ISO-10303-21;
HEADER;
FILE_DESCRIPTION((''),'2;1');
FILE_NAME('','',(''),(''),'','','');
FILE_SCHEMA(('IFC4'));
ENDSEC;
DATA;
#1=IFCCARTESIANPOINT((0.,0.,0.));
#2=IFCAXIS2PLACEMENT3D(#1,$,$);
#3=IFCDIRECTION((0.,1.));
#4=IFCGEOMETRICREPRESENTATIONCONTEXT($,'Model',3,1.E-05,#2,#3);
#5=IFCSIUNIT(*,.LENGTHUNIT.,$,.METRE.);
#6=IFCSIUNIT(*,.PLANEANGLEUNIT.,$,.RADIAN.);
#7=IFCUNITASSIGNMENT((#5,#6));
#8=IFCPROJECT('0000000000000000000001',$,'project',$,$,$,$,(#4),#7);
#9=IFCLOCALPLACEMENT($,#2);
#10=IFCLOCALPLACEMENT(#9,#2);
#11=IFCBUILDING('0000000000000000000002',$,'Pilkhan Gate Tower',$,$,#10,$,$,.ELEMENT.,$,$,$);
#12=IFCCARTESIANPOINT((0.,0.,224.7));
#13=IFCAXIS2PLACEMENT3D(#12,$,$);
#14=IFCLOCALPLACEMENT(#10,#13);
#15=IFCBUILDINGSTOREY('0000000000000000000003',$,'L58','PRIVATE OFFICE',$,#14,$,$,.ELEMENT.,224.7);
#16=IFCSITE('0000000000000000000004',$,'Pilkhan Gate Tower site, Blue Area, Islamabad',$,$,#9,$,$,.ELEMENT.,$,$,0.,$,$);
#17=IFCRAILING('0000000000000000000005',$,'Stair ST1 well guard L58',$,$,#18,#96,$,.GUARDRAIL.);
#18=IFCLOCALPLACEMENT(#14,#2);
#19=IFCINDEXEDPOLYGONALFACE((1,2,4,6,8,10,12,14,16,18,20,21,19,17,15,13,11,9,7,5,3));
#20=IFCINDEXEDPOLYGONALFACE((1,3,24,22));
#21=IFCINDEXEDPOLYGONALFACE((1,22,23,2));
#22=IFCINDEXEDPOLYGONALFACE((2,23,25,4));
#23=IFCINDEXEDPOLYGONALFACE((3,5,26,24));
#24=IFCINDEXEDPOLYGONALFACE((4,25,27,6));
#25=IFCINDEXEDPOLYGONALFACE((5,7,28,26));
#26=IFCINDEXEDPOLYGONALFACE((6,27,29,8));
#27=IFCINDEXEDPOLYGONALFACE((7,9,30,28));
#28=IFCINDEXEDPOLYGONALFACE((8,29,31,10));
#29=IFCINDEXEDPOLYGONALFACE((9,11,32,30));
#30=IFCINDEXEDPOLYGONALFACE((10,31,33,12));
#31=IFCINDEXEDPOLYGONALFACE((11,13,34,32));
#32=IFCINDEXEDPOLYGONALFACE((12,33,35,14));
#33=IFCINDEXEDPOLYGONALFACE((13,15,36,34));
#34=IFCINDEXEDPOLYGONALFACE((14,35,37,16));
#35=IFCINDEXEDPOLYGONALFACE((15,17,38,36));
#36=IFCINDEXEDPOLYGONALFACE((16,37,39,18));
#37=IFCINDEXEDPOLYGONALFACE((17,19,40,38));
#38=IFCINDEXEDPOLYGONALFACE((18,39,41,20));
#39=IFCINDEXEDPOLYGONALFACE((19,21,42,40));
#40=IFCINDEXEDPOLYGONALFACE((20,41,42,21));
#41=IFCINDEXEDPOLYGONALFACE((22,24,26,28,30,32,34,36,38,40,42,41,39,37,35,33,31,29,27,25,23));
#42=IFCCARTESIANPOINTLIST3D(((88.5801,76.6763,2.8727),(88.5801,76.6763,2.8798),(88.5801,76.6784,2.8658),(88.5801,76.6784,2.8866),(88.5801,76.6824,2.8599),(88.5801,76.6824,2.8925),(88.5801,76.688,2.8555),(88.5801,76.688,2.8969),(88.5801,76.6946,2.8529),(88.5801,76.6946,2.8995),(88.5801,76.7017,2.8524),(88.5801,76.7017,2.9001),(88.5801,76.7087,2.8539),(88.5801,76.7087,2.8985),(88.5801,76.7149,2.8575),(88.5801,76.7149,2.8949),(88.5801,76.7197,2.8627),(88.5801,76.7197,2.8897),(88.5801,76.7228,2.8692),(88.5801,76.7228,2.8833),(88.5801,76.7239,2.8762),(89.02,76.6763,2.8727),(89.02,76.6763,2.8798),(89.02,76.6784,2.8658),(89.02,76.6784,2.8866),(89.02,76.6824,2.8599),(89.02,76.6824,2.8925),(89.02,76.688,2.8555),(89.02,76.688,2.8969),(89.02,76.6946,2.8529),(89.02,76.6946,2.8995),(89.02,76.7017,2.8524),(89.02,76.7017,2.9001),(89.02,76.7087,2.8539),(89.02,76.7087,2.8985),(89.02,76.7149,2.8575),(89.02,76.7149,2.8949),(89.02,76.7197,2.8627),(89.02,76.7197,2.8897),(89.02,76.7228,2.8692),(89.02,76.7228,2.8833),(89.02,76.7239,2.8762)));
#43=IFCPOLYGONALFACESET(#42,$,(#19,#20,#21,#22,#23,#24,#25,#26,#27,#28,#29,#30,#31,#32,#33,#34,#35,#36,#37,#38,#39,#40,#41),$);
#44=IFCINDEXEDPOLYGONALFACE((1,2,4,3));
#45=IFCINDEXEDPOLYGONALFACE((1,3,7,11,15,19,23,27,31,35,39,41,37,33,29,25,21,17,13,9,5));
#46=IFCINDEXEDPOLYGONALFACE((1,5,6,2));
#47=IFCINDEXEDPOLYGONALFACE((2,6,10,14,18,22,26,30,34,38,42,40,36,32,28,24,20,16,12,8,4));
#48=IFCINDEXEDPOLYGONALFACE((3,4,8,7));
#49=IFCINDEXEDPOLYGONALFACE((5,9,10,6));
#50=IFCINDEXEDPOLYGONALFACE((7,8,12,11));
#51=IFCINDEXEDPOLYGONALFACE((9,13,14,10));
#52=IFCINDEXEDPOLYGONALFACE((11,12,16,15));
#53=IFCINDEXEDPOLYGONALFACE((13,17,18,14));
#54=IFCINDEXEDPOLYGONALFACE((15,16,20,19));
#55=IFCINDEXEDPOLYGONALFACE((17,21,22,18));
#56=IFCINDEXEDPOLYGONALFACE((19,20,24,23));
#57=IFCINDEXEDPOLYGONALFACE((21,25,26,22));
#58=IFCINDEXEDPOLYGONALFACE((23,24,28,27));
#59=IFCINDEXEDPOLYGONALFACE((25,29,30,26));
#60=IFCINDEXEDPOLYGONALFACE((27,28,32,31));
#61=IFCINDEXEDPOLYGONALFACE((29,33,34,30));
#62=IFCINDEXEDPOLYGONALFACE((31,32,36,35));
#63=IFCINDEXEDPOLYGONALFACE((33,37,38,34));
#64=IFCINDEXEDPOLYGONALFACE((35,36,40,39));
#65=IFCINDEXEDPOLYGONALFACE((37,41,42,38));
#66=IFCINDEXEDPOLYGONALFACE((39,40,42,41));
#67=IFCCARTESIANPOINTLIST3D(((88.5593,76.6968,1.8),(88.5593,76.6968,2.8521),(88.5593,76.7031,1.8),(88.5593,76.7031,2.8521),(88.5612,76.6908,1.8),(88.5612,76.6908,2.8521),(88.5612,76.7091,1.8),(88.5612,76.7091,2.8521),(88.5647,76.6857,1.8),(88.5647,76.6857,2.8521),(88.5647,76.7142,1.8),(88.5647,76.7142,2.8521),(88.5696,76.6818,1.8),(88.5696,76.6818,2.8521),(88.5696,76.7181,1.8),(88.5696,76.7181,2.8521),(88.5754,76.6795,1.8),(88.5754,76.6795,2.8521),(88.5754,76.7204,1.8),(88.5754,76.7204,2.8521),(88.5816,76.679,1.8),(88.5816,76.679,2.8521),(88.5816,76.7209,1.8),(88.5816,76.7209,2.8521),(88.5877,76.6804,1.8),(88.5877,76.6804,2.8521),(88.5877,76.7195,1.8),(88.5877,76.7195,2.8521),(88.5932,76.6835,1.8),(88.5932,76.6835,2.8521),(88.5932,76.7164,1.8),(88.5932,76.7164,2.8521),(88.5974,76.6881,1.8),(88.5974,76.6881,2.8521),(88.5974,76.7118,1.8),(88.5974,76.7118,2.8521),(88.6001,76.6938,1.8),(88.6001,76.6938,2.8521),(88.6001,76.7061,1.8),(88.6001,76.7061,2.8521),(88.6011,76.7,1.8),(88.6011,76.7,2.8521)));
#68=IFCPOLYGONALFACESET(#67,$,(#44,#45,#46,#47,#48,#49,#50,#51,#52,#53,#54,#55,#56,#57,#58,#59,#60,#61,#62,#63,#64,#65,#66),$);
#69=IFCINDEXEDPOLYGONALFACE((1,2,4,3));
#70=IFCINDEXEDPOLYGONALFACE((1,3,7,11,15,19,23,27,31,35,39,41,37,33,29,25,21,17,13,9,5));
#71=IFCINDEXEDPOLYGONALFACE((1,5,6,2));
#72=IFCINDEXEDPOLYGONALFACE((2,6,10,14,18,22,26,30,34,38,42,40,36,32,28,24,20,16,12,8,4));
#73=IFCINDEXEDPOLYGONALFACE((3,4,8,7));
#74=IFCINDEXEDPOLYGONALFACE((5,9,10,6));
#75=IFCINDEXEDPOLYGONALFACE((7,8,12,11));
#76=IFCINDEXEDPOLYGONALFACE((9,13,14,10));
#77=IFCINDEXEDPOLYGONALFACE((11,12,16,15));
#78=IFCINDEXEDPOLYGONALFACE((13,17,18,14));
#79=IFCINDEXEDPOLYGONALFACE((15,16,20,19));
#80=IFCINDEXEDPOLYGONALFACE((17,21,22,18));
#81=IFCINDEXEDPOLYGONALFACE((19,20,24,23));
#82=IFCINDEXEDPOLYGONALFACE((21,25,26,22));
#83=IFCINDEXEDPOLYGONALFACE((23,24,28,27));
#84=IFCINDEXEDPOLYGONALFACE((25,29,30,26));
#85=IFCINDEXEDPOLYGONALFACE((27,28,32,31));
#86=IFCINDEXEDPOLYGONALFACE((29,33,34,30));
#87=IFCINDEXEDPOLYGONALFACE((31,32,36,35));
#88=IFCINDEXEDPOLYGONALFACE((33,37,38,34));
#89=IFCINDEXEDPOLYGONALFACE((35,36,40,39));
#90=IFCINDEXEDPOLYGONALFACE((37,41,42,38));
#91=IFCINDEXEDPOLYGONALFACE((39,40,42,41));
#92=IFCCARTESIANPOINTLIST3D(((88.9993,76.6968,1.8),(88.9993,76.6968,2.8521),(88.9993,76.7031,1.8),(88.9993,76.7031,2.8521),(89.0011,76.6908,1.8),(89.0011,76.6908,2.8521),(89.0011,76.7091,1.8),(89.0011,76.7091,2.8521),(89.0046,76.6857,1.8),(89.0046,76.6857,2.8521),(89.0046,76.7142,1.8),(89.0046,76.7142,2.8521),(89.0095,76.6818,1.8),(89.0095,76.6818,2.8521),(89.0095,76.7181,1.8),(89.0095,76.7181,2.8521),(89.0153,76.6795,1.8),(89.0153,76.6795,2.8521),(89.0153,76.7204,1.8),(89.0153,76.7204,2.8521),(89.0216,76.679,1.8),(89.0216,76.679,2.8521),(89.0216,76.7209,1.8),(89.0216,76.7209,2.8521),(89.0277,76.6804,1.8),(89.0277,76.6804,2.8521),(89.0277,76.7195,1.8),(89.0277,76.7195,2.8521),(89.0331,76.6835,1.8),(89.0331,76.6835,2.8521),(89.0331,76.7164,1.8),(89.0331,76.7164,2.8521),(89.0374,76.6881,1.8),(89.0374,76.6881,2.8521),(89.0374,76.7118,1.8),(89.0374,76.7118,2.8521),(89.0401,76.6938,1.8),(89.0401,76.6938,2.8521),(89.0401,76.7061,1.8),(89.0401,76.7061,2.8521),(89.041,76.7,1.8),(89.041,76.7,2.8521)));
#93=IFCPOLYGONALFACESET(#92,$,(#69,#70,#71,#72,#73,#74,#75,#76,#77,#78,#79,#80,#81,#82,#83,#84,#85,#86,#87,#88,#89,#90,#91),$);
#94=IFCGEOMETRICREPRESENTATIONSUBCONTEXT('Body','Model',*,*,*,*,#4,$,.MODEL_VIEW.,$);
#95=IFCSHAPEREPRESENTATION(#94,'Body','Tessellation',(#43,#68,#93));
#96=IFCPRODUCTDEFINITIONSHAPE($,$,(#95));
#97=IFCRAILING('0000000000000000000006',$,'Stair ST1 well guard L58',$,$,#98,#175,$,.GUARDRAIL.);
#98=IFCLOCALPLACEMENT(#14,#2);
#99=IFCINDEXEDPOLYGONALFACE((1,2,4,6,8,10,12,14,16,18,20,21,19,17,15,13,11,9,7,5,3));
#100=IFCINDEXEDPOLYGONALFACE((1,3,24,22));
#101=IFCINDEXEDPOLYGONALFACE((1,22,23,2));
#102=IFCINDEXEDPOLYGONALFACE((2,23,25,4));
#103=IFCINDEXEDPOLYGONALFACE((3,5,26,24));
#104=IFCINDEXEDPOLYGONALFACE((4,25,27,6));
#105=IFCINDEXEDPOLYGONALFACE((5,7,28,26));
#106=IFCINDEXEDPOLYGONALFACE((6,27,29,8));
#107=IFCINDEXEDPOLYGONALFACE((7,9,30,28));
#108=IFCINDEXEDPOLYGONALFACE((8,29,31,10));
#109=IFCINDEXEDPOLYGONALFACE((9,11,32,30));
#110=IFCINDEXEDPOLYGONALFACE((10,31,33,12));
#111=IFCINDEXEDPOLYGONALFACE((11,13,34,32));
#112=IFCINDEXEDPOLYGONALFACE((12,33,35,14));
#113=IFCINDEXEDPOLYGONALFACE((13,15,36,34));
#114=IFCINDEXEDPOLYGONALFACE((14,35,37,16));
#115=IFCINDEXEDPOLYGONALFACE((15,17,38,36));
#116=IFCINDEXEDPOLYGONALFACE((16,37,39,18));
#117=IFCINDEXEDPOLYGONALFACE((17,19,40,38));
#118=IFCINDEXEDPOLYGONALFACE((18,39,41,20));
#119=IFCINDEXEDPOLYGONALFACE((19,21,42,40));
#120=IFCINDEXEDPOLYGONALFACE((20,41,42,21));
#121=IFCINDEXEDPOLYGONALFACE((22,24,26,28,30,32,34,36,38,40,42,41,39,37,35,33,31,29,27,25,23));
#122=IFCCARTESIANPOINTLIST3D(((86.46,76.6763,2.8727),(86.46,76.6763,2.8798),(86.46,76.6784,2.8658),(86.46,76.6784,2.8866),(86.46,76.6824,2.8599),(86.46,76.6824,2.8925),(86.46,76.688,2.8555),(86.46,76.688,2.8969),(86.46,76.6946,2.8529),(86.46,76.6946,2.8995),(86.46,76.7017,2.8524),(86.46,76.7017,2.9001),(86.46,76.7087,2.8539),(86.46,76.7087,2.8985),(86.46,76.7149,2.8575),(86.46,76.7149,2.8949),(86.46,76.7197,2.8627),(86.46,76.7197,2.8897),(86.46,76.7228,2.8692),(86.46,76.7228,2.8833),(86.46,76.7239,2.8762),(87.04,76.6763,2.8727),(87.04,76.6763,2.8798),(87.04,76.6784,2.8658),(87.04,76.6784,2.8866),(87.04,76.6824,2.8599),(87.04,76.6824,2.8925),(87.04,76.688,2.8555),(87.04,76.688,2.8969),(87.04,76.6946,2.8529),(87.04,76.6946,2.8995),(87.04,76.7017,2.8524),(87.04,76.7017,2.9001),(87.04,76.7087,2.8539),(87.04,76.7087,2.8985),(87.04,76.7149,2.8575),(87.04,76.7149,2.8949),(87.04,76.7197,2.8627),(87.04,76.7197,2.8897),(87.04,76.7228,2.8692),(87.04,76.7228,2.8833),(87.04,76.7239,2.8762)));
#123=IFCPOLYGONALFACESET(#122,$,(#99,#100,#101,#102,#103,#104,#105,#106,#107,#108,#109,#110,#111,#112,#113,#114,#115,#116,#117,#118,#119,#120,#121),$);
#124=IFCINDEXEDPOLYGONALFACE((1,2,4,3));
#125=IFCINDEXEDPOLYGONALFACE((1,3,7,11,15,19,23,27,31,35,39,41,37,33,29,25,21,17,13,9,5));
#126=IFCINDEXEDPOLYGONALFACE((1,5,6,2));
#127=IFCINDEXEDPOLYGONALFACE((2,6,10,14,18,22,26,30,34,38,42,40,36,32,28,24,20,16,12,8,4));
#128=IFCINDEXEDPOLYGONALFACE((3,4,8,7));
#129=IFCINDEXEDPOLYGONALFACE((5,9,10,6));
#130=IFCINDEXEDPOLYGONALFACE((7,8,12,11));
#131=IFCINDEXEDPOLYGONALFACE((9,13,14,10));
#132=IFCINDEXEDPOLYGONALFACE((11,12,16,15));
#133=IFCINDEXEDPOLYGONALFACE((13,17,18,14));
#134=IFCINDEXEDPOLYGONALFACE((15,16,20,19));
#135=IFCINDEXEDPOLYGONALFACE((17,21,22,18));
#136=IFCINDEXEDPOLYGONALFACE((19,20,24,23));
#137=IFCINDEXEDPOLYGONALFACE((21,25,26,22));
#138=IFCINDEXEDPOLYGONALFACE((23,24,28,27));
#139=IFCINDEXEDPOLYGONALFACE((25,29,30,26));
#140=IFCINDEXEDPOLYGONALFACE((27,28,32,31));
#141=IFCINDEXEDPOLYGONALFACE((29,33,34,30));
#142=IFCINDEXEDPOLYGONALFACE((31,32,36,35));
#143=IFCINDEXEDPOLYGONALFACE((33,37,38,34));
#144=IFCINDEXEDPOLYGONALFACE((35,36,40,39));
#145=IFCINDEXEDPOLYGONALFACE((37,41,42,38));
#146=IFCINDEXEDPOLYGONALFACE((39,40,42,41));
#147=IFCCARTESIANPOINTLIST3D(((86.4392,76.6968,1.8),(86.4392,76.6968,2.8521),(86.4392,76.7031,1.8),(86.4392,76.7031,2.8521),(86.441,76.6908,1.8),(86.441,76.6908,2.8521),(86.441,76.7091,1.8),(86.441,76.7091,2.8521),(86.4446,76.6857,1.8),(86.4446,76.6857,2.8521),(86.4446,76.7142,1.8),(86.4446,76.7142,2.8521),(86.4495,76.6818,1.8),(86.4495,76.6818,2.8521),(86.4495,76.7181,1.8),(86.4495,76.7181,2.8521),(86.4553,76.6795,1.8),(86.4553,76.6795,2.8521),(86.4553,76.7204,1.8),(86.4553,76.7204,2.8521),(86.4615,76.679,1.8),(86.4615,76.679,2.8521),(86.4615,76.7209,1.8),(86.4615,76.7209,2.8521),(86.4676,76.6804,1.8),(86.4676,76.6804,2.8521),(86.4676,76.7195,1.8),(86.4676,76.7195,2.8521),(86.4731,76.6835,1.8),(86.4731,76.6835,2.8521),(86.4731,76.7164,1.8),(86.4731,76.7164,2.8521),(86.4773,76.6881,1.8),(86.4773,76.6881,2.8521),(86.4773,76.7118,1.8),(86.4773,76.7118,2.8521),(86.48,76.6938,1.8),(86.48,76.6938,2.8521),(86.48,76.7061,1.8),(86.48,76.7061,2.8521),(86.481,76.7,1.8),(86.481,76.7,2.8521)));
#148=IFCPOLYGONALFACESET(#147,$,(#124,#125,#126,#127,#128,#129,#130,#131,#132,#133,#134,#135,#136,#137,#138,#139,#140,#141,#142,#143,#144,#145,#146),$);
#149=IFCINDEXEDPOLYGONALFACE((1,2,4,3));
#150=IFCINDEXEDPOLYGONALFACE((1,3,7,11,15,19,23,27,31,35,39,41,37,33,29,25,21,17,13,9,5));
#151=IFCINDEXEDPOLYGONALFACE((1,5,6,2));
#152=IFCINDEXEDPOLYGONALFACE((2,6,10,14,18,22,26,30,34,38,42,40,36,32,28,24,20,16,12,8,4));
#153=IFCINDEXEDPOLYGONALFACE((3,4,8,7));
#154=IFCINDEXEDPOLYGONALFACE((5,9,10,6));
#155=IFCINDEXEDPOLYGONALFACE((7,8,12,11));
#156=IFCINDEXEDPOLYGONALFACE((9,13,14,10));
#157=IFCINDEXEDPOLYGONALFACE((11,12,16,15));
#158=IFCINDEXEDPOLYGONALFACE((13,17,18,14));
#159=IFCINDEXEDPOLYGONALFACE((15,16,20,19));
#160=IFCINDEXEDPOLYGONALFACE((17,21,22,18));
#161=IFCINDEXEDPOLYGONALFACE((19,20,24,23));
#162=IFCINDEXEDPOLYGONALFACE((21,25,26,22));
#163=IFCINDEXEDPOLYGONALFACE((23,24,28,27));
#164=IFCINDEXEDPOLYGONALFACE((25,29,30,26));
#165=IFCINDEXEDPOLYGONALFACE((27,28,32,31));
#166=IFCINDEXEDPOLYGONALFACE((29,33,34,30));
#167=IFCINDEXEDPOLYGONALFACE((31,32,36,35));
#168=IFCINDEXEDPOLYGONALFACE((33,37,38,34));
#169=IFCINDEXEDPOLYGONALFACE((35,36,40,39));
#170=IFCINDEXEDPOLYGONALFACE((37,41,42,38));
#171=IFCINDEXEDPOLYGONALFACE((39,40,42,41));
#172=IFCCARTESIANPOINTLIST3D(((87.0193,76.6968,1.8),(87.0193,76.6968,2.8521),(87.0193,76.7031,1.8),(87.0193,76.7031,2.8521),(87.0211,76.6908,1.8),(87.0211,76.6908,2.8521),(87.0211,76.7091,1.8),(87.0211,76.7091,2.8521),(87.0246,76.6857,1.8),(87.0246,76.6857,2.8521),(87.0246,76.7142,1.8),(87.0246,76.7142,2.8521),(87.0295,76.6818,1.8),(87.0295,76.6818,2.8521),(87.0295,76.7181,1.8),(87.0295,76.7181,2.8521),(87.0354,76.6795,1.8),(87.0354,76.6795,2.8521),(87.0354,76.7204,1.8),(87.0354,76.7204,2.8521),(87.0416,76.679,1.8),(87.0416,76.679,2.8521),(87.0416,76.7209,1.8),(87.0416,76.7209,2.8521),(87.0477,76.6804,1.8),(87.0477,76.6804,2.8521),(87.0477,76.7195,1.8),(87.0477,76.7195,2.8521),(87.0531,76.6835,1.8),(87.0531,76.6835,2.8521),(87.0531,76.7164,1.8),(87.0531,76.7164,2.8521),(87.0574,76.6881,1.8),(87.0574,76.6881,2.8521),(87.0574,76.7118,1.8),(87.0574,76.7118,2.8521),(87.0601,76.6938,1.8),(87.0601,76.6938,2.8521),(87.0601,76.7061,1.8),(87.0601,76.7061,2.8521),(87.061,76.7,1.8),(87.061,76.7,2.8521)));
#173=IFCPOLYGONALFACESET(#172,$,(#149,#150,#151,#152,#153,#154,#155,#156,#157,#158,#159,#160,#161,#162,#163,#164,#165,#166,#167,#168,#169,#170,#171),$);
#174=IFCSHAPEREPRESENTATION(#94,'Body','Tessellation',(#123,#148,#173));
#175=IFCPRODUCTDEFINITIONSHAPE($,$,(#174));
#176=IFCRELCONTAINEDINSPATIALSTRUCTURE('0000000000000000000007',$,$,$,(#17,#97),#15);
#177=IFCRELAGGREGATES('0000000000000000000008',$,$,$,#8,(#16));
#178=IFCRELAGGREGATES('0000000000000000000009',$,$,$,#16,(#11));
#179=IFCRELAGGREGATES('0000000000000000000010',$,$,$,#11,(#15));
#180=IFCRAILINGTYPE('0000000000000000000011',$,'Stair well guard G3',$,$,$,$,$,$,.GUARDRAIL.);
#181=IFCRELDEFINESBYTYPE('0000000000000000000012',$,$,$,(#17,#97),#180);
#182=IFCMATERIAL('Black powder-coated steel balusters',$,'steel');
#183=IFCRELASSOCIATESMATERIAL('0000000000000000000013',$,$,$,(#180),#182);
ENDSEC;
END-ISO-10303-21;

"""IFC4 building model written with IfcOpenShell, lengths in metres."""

from ifc_helpers import new_model, si_unit, direction, frame, origin, origin_2d, place, context, subcontext, project, spatial, circle, extrude, material, type_object, element, save


model = new_model("IFC4")

# Units and contexts
model_context = context("Model", 3, precision=1e-05, world=origin(), true_north=direction((0.0, 1.0)))
body_context = subcontext(model_context, "Body", "Model", "MODEL_VIEW")
ifc_project = project(units=[si_unit("LENGTHUNIT", "METRE"), si_unit("PLANEANGLEUNIT", "RADIAN")], contexts=[model_context])

# Site, building, storey
site_placement = place(None, origin())
site = spatial("IfcSite", under=ifc_project, at=site_placement, Name="Pilkhan Gate Tower site, Blue Area, Islamabad", CompositionType="ELEMENT", RefElevation=0.0)
building_placement = place(site_placement, origin())
building = spatial("IfcBuilding", under=site, at=building_placement, Name="Pilkhan Gate Tower", CompositionType="ELEMENT")
storey_placement = place(building_placement, frame((0.0, 0.0, 224.7)))
storey = spatial("IfcBuildingStorey", under=building, at=storey_placement, Name="L58", Description="PRIVATE OFFICE", CompositionType="ELEMENT", Elevation=224.7)

# Railings
ifc_material_1 = material(Name="Black powder-coated steel balusters", Category="steel")
railing_type_1 = type_object("IfcRailingType", Name="Stair well guard G3", PredefinedType="GUARDRAIL", material=ifc_material_1)
railing_1_placement = place(storey_placement, frame((88.5801, 76.7, 1.8)))
element("IfcRailing", 1, at=railing_1_placement, inside=storey, type_object=railing_type_1, Name="Stair ST1 well guard L58", PredefinedType="GUARDRAIL", context=body_context, shape_type="SweptSolid", body=[
    extrude(circle(Radius=0.0239, at=origin_2d()), frame((0.0, 0.0, 1.0762), z_axis=(1.0, 0.0, 0.0), x_axis=(0.0, 1.0, 0.0)), (0.0, 0.0, 1.0), 0.4399),
    extrude(circle(Radius=0.021, at=origin_2d()), origin(), (0.0, 0.0, 1.0), 1.052),
    extrude(circle(Radius=0.021, at=origin_2d()), frame((0.4399, 0.0, 0.0)), (0.0, 0.0, 1.0), 1.052),
])
for number, where, name in (
    (2, (86.46, 76.7, 1.8), "Stair ST1 well guard L58"),
):
    element("IfcRailing", number, at=place(storey_placement, frame(where)), inside=storey, type_object=railing_type_1, Name=name, PredefinedType="GUARDRAIL", context=body_context, shape_type="SweptSolid", body=[
        extrude(circle(Radius=0.0239, at=origin_2d()), frame((0.0, 0.0, 1.0762), z_axis=(1.0, 0.0, 0.0), x_axis=(0.0, 1.0, 0.0)), (0.0, 0.0, 1.0), 0.5801),
        extrude(circle(Radius=0.021, at=origin_2d()), origin(), (0.0, 0.0, 1.0), 1.052),
        extrude(circle(Radius=0.021, at=origin_2d()), frame((0.5801, 0.0, 0.0)), (0.0, 0.0, 1.0), 1.052),
    ])

save(model, "model.ifc")
